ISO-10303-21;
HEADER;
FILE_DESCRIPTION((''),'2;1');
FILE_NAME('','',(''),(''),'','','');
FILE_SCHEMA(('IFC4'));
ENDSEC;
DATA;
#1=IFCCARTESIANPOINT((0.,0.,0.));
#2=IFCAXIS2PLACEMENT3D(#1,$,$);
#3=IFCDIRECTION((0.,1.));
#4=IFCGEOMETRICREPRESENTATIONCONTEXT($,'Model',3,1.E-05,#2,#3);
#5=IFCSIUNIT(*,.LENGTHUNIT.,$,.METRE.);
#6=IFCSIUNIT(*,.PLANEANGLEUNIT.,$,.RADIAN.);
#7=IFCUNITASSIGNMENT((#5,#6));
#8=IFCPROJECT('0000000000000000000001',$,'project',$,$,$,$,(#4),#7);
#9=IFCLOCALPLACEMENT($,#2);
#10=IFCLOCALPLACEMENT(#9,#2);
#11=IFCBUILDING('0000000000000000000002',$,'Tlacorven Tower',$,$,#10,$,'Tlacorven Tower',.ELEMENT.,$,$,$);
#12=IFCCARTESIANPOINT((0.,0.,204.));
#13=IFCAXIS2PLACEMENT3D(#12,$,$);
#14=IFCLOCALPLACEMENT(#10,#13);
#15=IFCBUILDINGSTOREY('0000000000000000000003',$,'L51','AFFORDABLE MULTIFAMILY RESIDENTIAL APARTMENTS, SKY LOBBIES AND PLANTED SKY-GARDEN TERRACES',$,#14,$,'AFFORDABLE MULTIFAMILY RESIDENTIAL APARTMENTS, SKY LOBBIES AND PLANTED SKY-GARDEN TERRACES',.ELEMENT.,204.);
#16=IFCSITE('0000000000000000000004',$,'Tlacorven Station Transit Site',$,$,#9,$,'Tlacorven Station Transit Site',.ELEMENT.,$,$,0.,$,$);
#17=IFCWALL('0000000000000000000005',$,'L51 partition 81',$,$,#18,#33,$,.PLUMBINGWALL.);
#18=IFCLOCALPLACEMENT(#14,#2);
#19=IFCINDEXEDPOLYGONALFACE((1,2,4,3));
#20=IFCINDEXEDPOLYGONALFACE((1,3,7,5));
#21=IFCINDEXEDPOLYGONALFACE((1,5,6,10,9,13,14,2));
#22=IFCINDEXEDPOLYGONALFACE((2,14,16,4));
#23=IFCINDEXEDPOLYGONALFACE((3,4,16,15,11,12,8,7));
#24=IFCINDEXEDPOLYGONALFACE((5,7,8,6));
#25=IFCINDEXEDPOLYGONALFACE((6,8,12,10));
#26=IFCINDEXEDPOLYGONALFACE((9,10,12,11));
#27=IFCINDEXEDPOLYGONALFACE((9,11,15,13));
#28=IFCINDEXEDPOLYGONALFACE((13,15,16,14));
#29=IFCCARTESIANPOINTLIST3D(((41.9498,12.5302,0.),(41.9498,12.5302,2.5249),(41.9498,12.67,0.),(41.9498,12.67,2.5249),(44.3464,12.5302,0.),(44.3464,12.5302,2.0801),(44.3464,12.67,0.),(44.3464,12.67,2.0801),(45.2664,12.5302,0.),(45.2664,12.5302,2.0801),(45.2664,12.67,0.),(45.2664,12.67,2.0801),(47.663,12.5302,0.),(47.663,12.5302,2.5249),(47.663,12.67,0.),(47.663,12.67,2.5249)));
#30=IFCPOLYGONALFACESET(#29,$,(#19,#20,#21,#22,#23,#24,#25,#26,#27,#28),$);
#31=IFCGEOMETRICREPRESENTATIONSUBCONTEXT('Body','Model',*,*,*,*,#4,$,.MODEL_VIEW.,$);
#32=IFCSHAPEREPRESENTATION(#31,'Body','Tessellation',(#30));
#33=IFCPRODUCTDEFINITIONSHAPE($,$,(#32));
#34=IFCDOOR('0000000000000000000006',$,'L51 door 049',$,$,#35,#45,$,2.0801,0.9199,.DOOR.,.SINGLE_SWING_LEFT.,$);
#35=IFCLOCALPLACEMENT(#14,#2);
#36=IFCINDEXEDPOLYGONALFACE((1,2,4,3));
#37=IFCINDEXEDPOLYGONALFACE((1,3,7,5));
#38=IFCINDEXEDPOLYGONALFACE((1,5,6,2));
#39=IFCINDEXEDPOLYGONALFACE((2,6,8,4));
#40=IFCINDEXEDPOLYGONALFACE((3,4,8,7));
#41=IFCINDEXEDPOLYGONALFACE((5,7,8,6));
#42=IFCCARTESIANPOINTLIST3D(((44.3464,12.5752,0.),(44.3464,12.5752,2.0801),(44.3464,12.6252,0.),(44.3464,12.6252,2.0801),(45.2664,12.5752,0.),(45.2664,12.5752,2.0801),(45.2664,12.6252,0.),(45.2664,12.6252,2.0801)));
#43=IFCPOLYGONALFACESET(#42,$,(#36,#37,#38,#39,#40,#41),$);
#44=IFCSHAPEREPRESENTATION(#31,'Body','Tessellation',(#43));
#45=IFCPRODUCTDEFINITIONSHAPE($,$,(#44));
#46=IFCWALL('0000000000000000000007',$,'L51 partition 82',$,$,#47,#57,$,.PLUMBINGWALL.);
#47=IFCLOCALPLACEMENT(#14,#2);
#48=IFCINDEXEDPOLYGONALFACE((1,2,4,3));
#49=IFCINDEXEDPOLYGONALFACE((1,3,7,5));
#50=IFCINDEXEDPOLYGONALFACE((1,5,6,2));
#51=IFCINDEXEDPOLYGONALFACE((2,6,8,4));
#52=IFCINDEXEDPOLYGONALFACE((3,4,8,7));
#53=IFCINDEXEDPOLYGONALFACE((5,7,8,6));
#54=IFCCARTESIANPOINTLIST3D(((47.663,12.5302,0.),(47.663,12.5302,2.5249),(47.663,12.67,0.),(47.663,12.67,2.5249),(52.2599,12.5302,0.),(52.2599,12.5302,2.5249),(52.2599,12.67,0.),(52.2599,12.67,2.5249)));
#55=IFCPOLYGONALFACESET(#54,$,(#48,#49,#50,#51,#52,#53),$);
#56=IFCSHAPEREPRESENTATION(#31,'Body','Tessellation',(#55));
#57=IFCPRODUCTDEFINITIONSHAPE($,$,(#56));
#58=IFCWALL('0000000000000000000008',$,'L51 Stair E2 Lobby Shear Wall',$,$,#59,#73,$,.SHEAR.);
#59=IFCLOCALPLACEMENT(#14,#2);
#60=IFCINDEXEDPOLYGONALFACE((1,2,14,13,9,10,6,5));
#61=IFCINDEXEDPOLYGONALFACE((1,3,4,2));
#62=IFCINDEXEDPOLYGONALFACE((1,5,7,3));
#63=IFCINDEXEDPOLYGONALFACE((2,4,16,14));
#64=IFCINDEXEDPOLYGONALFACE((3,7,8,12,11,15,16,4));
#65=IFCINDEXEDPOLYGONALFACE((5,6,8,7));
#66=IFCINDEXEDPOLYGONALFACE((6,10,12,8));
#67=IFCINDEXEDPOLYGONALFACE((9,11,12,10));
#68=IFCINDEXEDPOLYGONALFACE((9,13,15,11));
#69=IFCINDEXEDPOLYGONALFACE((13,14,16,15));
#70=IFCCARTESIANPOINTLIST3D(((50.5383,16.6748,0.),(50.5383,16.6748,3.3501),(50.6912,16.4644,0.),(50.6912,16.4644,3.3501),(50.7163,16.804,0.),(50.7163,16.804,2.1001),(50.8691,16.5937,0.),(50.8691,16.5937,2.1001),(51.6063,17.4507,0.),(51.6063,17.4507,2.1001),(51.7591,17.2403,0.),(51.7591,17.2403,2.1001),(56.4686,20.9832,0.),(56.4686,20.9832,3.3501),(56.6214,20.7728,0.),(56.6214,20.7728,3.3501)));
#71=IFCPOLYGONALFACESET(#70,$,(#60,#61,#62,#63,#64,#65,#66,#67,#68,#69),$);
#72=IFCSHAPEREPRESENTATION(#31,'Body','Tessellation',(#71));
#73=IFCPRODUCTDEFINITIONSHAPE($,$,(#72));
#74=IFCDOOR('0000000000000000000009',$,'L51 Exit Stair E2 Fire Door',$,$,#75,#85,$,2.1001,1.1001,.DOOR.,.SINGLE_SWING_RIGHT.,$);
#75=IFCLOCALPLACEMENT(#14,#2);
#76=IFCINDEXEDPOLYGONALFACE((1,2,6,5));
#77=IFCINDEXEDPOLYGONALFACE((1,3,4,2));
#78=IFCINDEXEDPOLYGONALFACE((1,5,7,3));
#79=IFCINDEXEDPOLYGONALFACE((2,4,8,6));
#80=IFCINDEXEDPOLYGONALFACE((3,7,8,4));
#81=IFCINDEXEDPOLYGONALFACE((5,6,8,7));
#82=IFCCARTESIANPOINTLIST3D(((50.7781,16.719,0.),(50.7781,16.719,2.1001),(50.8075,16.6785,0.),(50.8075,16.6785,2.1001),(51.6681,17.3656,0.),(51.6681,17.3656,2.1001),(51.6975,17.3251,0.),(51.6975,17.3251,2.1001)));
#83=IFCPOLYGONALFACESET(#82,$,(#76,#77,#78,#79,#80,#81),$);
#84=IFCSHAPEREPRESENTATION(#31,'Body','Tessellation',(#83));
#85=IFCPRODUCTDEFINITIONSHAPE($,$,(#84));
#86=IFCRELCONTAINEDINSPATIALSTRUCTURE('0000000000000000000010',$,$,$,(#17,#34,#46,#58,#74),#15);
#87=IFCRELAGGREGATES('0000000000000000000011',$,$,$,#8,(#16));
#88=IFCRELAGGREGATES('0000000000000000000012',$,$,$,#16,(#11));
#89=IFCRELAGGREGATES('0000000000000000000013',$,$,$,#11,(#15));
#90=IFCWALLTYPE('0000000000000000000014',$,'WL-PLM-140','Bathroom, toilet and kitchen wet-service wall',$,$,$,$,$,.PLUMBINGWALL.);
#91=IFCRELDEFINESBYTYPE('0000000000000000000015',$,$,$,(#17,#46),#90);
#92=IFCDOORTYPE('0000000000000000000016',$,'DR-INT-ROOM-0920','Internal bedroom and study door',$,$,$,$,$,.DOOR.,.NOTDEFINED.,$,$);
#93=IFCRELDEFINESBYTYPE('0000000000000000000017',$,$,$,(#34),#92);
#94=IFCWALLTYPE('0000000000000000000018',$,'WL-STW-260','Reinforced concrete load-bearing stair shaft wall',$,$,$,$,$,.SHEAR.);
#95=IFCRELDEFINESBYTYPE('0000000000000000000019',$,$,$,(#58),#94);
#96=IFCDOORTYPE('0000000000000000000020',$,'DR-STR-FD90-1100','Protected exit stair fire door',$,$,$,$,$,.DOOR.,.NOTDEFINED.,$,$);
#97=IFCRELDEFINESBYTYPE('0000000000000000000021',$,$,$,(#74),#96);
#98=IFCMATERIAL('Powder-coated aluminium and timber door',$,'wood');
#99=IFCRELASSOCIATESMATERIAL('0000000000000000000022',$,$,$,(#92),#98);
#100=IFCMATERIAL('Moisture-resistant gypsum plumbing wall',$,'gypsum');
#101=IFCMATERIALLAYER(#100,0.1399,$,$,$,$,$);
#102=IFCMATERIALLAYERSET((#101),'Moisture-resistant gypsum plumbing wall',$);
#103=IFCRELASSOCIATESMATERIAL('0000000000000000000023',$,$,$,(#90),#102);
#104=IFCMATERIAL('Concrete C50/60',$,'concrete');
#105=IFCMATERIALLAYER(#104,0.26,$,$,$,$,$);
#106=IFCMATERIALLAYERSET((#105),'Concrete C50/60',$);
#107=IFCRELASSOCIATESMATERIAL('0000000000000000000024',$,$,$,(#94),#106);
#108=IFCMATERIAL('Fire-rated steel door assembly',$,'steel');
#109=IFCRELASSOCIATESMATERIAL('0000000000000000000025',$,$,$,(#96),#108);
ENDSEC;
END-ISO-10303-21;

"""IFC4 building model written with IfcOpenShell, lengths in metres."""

from ifc_helpers import new_model, si_unit, direction, frame, frame_2d, origin, place, context, subcontext, project, spatial, rectangle, extrude, source, transform, mapped, material, layer, layer_set, type_object, element, fill, save


model = new_model("IFC4")

# Units and contexts
model_context = context("Model", 3, precision=1e-05, world=origin(), true_north=direction((0.0, 1.0)))
body_context = subcontext(model_context, "Body", "Model", "MODEL_VIEW")
ifc_project = project(units=[si_unit("LENGTHUNIT", "METRE"), si_unit("PLANEANGLEUNIT", "RADIAN")], contexts=[model_context])

# Site, building, storey
site_placement = place(None, origin())
site = spatial("IfcSite", under=ifc_project, at=site_placement, Name="Tlacorven Station Transit Site", LongName="Tlacorven Station Transit Site", CompositionType="ELEMENT", RefElevation=0.0)
building_placement = place(site_placement, origin())
building = spatial("IfcBuilding", under=site, at=building_placement, Name="Tlacorven Tower", LongName="Tlacorven Tower", CompositionType="ELEMENT")
storey_placement = place(building_placement, frame((0.0, 0.0, 204.0)))
storey = spatial("IfcBuildingStorey", under=building, at=storey_placement, Name="L51", Description="AFFORDABLE MULTIFAMILY RESIDENTIAL APARTMENTS, SKY LOBBIES AND PLANTED SKY-GARDEN TERRACES", LongName="AFFORDABLE MULTIFAMILY RESIDENTIAL APARTMENTS, SKY LOBBIES AND PLANTED SKY-GARDEN TERRACES", CompositionType="ELEMENT", Elevation=204.0)

# Shared definitions
ifc_material_1 = material(Name="Fire-rated steel door assembly", Category="steel")

# Shared definitions
ifc_material_2 = material(Name="Powder-coated aluminium and timber door", Category="wood")
door_type_1 = type_object("IfcDoorType", Name="DR-INT-ROOM-0920", Description="Internal bedroom and study door", OperationType="NOTDEFINED", PredefinedType="DOOR", material=ifc_material_2)
shared_shape_1 = source(origin(), body_context, "Body", "SweptSolid", [
    extrude(rectangle(XDim=0.9199, YDim=2.0801, at=frame_2d((0.46, 1.04))), frame((0.0, 0.0249, 0.0), z_axis=(0.0, -1.0, 0.0), x_axis=(1.0, 0.0, 0.0)), (0.0, 0.0, 1.0), 0.05),
])

# Shared definitions
ifc_material_3 = material(Name="Moisture-resistant gypsum plumbing wall", Category="gypsum")
ifc_layer_1 = layer(ifc_material_3, 0.1399)
ifc_layer_set_1 = layer_set([ifc_layer_1], Name="Moisture-resistant gypsum plumbing wall")
wall_type_1 = type_object("IfcWallType", Name="WL-PLM-140", Description="Bathroom, toilet and kitchen wet-service wall", PredefinedType="PLUMBINGWALL", material=ifc_layer_set_1)

# Wall, opening, door
wall_1_placement = place(storey_placement, frame((41.95, 12.6001, 0.0), z_axis=(0.0, 0.0, 1.0), x_axis=(1.0, 0.0, 0.0)))
wall_1 = element("IfcWall", 1, at=wall_1_placement, inside=storey, type_object=wall_type_1, Name="L51 partition 81", PredefinedType="PLUMBINGWALL", context=body_context, shape_type="SweptSolid", body=[
    extrude(rectangle(XDim=5.7131, YDim=0.1399, at=frame_2d((2.8564, 0.0))), origin(), (0.0, 0.0, 1.0), 2.5249),
])
opening_1_placement = place(wall_1_placement, frame((2.3965, 0.0, 0.0)))
opening_1 = element("IfcOpeningElement", 2, at=opening_1_placement, cuts=wall_1, PredefinedType="OPENING", context=body_context, shape_type="SweptSolid", body=[
    extrude(rectangle(XDim=0.9199, YDim=2.0801, at=frame_2d((0.46, 1.04))), frame((0.0, 0.0801, 0.0), z_axis=(0.0, -1.0, 0.0), x_axis=(1.0, 0.0, 0.0)), (0.0, 0.0, 1.0), 0.1599),
])
door_1_placement = place(opening_1_placement, frame((0.9199, 0.0, 0.0), z_axis=(0.0, 0.0, 1.0), x_axis=(-1.0, 0.0, 0.0)))
door_1 = element("IfcDoor", 3, at=door_1_placement, inside=storey, type_object=door_type_1, Name="L51 door 049", OperationType="SINGLE_SWING_LEFT", OverallHeight=2.0801, OverallWidth=0.9199, PredefinedType="DOOR", context=body_context, shape_type="MappedRepresentation", body=[
    mapped(shared_shape_1, transform((0.0, 0.0, 0.0), scale=1.0)),
])
fill(opening_1, door_1)

# Wall
wall_2_placement = place(storey_placement, frame((47.6631, 12.6001, 0.0), z_axis=(0.0, 0.0, 1.0), x_axis=(1.0, 0.0, 0.0)))
element("IfcWall", 4, at=wall_2_placement, inside=storey, type_object=wall_type_1, Name="L51 partition 82", PredefinedType="PLUMBINGWALL", context=body_context, shape_type="SweptSolid", body=[
    extrude(rectangle(XDim=4.5969, YDim=0.1399, at=frame_2d((2.2983, 0.0))), origin(), (0.0, 0.0, 1.0), 2.5249),
])

# Wall, opening, door
ifc_material_4 = material(Name="Concrete C50/60", Category="concrete")
ifc_layer_2 = layer(ifc_material_4, 0.26)
ifc_layer_set_2 = layer_set([ifc_layer_2], Name="Concrete C50/60")
wall_type_2 = type_object("IfcWallType", Name="WL-STW-260", Description="Reinforced concrete load-bearing stair shaft wall", PredefinedType="SHEAR", material=ifc_layer_set_2)
wall_3_placement = place(storey_placement, frame((50.6147, 16.5696, 0.0), z_axis=(0.0, 0.0, 1.0), x_axis=(0.809028, 0.58777, 0.0)))
wall_3 = element("IfcWall", 5, at=wall_3_placement, inside=storey, type_object=wall_type_2, Name="L51 Stair E2 Lobby Shear Wall", PredefinedType="SHEAR", context=body_context, shape_type="SweptSolid", body=[
    extrude(rectangle(XDim=7.3301, YDim=0.26, at=frame_2d((3.665, 0.0))), origin(), (0.0, 0.0, 1.0), 3.3501),
])
opening_2_placement = place(wall_3_placement, frame((0.22, 0.0, 0.0)))
opening_2 = element("IfcOpeningElement", 6, at=opening_2_placement, cuts=wall_3, PredefinedType="OPENING", context=body_context, shape_type="SweptSolid", body=[
    extrude(rectangle(XDim=1.1001, YDim=2.1001, at=frame_2d((0.55, 1.05))), frame((0.0, 0.1401, 0.0), z_axis=(0.0, -1.0, 0.0), x_axis=(1.0, 0.0, 0.0)), (0.0, 0.0, 1.0), 0.28),
])
door_type_2 = type_object("IfcDoorType", Name="DR-STR-FD90-1100", Description="Protected exit stair fire door", OperationType="NOTDEFINED", PredefinedType="DOOR", material=ifc_material_1)
shared_shape_2 = source(origin(), body_context, "Body", "SweptSolid", [
    extrude(rectangle(XDim=1.1001, YDim=2.1001, at=frame_2d((0.55, 1.05))), frame((0.0, 0.0249, 0.0), z_axis=(0.0, -1.0, 0.0), x_axis=(1.0, 0.0, 0.0)), (0.0, 0.0, 1.0), 0.05),
])
door_2_placement = place(opening_2_placement, origin())
door_2 = element("IfcDoor", 7, at=door_2_placement, inside=storey, type_object=door_type_2, Name="L51 Exit Stair E2 Fire Door", OperationType="SINGLE_SWING_RIGHT", OverallHeight=2.1001, OverallWidth=1.1001, PredefinedType="DOOR", context=body_context, shape_type="MappedRepresentation", body=[
    mapped(shared_shape_2, transform((0.0, 0.0, 0.0), scale=1.0)),
])
fill(opening_2, door_2)

save(model, "model.ifc")
